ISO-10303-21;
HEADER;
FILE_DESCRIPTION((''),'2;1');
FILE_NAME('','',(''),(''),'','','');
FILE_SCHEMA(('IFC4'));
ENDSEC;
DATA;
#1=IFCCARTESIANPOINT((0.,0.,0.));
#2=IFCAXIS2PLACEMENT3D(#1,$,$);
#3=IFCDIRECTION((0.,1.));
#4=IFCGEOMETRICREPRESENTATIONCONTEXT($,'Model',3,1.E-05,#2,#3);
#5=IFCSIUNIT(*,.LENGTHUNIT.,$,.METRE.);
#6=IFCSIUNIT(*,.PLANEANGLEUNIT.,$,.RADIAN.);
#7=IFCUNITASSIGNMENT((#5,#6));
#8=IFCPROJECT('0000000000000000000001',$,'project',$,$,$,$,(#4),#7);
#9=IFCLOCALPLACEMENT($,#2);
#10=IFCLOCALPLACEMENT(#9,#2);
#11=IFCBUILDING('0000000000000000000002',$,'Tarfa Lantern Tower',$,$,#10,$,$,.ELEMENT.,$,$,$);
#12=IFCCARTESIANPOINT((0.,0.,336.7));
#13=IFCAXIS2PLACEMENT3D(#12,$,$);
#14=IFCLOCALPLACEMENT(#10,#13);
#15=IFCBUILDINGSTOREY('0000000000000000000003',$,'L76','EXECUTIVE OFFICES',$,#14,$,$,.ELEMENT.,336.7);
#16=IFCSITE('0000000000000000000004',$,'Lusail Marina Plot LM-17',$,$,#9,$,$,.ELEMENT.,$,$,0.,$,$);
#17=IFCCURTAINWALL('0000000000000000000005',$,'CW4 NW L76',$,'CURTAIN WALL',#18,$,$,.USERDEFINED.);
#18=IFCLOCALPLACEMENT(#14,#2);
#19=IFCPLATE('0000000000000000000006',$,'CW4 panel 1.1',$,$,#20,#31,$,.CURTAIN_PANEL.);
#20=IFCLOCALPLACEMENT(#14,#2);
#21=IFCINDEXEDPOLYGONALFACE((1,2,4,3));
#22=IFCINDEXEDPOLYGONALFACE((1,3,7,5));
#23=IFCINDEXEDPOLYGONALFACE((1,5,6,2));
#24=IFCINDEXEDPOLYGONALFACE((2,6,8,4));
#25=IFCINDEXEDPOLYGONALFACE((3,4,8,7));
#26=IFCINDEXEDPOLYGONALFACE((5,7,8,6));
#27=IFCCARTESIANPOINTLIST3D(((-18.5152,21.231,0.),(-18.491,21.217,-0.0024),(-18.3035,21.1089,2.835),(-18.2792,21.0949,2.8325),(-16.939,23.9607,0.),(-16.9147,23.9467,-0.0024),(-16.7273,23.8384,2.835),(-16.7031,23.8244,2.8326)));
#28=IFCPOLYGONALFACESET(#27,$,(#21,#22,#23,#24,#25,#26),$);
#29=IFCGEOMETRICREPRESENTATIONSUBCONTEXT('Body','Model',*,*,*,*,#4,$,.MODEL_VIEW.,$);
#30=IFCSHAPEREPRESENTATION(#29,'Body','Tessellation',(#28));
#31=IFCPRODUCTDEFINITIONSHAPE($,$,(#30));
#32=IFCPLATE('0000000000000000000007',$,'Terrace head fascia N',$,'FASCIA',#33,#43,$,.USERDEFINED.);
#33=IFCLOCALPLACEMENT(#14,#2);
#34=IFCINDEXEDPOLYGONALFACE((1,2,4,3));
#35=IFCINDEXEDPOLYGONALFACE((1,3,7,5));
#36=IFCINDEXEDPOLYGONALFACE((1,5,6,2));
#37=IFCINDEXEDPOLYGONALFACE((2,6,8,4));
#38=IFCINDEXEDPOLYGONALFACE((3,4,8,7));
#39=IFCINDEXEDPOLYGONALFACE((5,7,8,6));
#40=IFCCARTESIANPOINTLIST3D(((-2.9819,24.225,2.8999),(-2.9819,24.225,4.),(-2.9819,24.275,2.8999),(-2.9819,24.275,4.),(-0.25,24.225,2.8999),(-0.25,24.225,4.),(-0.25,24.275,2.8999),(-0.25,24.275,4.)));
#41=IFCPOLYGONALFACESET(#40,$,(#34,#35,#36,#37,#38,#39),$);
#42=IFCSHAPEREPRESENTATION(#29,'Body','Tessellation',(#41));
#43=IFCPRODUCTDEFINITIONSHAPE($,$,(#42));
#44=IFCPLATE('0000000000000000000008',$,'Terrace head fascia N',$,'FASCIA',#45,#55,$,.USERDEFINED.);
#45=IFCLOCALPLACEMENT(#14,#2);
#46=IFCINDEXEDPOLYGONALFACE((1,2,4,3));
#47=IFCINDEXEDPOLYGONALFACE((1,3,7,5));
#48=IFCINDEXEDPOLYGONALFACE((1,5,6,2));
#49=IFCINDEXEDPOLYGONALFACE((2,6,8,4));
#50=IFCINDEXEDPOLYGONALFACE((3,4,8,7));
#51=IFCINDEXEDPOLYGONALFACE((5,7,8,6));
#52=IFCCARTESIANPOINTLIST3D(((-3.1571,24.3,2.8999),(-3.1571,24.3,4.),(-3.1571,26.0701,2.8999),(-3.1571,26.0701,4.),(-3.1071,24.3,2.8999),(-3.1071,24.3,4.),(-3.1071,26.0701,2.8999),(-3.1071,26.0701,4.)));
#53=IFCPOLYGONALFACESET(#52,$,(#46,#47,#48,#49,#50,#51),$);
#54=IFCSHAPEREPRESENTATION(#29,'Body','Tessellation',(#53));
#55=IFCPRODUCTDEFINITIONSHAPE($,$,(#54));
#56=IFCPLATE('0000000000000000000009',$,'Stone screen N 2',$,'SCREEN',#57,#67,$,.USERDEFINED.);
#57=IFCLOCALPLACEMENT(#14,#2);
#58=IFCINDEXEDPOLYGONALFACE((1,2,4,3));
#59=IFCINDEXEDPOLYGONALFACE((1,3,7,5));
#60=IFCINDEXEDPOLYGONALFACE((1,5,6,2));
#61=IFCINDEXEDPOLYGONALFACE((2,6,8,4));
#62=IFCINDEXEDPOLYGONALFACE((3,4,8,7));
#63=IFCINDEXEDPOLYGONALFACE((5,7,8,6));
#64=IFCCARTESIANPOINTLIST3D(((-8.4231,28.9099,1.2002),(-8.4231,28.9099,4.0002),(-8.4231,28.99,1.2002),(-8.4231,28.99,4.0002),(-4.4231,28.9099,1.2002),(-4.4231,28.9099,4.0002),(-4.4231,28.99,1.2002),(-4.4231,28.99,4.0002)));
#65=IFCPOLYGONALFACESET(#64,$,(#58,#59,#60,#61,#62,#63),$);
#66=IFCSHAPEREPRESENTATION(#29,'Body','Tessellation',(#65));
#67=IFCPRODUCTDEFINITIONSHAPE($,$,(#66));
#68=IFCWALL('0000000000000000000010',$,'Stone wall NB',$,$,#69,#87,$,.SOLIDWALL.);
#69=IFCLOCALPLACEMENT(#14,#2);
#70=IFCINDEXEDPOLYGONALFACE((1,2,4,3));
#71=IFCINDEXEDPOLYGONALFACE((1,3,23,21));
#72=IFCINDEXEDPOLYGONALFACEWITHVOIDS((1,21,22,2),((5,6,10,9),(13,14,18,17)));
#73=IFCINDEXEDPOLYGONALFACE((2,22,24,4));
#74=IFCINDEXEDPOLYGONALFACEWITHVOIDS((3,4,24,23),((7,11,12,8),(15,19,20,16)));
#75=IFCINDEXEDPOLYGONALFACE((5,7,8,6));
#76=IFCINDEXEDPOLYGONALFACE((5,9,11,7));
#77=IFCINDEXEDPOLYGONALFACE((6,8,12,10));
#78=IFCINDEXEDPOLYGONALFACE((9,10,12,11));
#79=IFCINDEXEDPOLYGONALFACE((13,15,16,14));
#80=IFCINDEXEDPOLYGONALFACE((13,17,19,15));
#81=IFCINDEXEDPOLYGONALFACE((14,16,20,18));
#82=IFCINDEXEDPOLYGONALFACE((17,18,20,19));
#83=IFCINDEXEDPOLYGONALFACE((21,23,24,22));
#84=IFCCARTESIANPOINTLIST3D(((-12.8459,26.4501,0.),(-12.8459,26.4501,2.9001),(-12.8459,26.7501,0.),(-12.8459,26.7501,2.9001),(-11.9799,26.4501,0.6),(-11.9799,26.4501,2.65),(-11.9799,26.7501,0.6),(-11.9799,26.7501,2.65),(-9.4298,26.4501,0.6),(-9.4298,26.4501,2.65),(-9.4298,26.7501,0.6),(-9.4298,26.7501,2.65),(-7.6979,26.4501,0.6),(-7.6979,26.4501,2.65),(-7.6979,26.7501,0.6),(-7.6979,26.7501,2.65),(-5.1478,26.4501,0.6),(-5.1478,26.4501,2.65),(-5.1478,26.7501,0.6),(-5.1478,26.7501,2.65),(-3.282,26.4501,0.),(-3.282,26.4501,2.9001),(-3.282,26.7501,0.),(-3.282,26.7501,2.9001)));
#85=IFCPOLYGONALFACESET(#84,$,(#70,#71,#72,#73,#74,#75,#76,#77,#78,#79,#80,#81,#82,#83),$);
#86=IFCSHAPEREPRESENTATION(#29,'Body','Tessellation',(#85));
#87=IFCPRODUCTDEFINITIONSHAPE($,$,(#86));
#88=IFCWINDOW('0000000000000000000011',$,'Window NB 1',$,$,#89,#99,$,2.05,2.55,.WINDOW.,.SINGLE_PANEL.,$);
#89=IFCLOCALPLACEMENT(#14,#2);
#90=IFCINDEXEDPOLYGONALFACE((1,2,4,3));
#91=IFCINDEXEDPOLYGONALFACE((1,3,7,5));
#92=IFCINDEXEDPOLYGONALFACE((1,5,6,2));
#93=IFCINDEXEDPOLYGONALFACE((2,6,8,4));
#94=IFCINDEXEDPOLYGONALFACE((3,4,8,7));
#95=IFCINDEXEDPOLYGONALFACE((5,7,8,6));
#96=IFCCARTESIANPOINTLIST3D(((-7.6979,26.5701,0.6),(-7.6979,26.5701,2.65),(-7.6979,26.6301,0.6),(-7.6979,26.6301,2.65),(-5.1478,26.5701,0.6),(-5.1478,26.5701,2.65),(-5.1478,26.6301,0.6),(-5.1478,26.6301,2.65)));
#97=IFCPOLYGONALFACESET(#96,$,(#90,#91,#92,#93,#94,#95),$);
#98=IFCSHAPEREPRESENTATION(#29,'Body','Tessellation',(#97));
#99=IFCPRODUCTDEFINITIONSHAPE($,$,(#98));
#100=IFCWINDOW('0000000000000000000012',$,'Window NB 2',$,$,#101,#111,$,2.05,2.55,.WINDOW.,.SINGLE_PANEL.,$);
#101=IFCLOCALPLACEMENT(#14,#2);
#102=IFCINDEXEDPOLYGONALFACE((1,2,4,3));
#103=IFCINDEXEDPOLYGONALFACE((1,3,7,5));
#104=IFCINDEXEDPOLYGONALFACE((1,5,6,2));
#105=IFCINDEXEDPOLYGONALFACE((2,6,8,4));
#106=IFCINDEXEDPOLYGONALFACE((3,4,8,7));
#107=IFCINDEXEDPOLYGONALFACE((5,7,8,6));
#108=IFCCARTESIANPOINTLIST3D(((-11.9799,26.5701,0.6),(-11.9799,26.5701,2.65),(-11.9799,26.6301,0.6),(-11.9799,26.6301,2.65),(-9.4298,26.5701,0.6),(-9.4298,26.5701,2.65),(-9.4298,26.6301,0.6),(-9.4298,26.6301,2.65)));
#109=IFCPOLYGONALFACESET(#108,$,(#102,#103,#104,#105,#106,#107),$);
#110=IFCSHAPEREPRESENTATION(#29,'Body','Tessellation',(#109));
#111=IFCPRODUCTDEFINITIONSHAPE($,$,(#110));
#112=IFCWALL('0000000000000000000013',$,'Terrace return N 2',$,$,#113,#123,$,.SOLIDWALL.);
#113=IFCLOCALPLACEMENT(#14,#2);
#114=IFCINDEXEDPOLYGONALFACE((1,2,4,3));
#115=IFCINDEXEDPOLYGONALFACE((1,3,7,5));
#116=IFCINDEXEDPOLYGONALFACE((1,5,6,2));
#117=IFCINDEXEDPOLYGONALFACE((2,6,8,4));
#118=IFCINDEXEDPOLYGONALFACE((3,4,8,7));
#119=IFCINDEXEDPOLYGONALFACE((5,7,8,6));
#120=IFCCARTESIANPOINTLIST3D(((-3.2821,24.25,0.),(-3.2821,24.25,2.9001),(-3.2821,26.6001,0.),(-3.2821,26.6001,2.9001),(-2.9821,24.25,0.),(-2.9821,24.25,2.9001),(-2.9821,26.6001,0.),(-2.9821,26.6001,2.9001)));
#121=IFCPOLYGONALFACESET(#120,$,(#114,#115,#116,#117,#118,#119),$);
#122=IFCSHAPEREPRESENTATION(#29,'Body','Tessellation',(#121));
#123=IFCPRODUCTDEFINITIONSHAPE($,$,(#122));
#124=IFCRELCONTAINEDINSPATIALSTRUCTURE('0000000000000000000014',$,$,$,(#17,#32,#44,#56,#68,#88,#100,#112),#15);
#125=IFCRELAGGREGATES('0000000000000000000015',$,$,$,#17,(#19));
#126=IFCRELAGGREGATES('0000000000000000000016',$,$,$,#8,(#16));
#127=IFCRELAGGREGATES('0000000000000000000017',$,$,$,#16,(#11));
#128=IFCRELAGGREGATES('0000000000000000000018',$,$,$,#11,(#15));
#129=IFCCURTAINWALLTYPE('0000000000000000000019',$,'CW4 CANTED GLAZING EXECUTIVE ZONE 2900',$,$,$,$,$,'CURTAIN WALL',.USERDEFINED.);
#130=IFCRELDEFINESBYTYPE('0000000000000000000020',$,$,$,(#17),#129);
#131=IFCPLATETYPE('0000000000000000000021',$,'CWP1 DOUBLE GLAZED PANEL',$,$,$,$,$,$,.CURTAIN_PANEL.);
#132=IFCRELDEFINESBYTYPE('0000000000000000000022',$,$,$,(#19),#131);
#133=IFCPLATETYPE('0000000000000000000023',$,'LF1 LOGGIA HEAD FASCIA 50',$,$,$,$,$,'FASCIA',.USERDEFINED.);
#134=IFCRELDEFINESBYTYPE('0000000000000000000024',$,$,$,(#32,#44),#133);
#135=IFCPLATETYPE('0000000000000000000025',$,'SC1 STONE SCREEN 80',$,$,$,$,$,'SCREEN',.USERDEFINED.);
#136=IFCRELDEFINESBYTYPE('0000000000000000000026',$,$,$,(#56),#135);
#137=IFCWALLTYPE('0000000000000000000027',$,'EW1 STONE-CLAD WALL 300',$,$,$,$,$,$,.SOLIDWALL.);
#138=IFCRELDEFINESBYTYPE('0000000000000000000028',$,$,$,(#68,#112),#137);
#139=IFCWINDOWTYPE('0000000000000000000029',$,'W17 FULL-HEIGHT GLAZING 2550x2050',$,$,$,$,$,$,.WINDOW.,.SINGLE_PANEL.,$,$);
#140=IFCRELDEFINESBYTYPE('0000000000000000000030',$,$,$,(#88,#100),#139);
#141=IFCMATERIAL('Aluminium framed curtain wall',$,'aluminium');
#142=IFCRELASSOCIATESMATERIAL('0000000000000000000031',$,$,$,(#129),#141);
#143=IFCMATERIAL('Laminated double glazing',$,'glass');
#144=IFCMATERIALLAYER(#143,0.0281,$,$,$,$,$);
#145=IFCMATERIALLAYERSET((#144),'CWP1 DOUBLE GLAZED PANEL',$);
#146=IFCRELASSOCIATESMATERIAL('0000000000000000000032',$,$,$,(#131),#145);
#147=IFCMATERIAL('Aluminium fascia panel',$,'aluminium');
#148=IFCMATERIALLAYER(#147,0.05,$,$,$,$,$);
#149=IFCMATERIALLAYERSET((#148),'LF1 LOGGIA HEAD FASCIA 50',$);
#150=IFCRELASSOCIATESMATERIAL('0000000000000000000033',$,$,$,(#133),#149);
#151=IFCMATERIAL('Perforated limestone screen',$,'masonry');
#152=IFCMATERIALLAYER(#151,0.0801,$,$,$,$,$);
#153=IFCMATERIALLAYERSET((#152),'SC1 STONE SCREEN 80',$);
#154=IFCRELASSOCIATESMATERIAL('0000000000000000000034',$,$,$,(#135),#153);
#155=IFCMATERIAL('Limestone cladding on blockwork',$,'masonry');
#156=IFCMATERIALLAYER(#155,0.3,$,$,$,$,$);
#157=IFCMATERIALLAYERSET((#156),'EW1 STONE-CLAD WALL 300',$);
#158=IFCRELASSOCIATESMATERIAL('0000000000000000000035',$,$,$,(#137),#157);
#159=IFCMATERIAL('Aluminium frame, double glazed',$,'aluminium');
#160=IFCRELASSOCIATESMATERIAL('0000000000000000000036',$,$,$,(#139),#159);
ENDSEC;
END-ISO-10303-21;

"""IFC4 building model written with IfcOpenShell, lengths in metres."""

from ifc_helpers import new_model, si_unit, direction, frame, frame_2d, origin, origin_2d, place, context, subcontext, project, spatial, polyline, rectangle, outline, extrude, material, layer, layer_set, type_object, element, fill, aggregate, save


model = new_model("IFC4")

# Units and contexts
model_context = context("Model", 3, precision=1e-05, world=origin(), true_north=direction((0.0, 1.0)))
body_context = subcontext(model_context, "Body", "Model", "MODEL_VIEW")
ifc_project = project(units=[si_unit("LENGTHUNIT", "METRE"), si_unit("PLANEANGLEUNIT", "RADIAN")], contexts=[model_context])

# Site, building, storey
site_placement = place(None, origin())
site = spatial("IfcSite", under=ifc_project, at=site_placement, Name="Lusail Marina Plot LM-17", CompositionType="ELEMENT", RefElevation=0.0)
building_placement = place(site_placement, origin())
building = spatial("IfcBuilding", under=site, at=building_placement, Name="Tarfa Lantern Tower", CompositionType="ELEMENT")
storey_placement = place(building_placement, frame((0.0, 0.0, 336.7)))
storey = spatial("IfcBuildingStorey", under=building, at=storey_placement, Name="L76", Description="EXECUTIVE OFFICES", CompositionType="ELEMENT", Elevation=336.7)

# Curtain wall
ifc_material_1 = material(Name="Aluminium framed curtain wall", Category="aluminium")
curtain_wall_type = type_object("IfcCurtainWallType", Name="CW4 CANTED GLAZING EXECUTIVE ZONE 2900", ElementType="CURTAIN WALL", PredefinedType="USERDEFINED", material=ifc_material_1)
curtain_wall_placement = place(storey_placement, origin())
curtain_wall = element("IfcCurtainWall", 1, at=curtain_wall_placement, inside=storey, type_object=curtain_wall_type, Name="CW4 NW L76", ObjectType="CURTAIN WALL", PredefinedType="USERDEFINED")

# Plate
ifc_material_2 = material(Name="Laminated double glazing", Category="glass")
ifc_layer_1 = layer(ifc_material_2, 0.0281)
ifc_layer_set_1 = layer_set([ifc_layer_1], Name="CWP1 DOUBLE GLAZED PANEL")
plate_type_1 = type_object("IfcPlateType", Name="CWP1 DOUBLE GLAZED PANEL", PredefinedType="CURTAIN_PANEL", material=ifc_layer_set_1)
plate_1_placement = place(storey_placement, frame((-16.939, 23.9607, 0.0), z_axis=(-0.862794, 0.498206, 0.085893), x_axis=(-0.500054, -0.865994, 0.000002)))
plate_1 = element("IfcPlate", 2, at=plate_1_placement, type_object=plate_type_1, Name="CW4 panel 1.1", PredefinedType="CURTAIN_PANEL", context=body_context, shape_type="SweptSolid", body=[
    extrude(outline(polyline([(0.0, 0.0), (3.1521, 0.0), (3.152, 2.8455), (0.0001, 2.8455), (0.0, 0.0)])), origin(), (0.0, 0.0, -1.0), 0.0281),
])
aggregate(curtain_wall, [plate_1])

# Plates
ifc_material_3 = material(Name="Aluminium fascia panel", Category="aluminium")
ifc_layer_2 = layer(ifc_material_3, 0.05)
ifc_layer_set_2 = layer_set([ifc_layer_2], Name="LF1 LOGGIA HEAD FASCIA 50")
plate_type_2 = type_object("IfcPlateType", Name="LF1 LOGGIA HEAD FASCIA 50", ElementType="FASCIA", PredefinedType="USERDEFINED", material=ifc_layer_set_2)
plate_2_placement = place(storey_placement, frame((-1.616, 24.25, 2.8999), z_axis=(0.0, 0.0, 1.0), x_axis=(-1.0, 0.0, 0.0)))
element("IfcPlate", 3, at=plate_2_placement, inside=storey, type_object=plate_type_2, Name="Terrace head fascia N", ObjectType="FASCIA", PredefinedType="USERDEFINED", context=body_context, shape_type="SweptSolid", body=[
    extrude(rectangle(XDim=2.7319, YDim=0.05, at=origin_2d()), origin(), (0.0, 0.0, 1.0), 1.1001),
])
plate_3_placement = place(storey_placement, frame((-3.1321, 25.1851, 2.8999), z_axis=(0.0, 0.0, 1.0), x_axis=(0.0, -1.0, 0.0)))
element("IfcPlate", 4, at=plate_3_placement, inside=storey, type_object=plate_type_2, Name="Terrace head fascia N", ObjectType="FASCIA", PredefinedType="USERDEFINED", context=body_context, shape_type="SweptSolid", body=[
    extrude(rectangle(XDim=1.77, YDim=0.05, at=origin_2d()), origin(), (0.0, 0.0, 1.0), 1.1001),
])
ifc_material_4 = material(Name="Perforated limestone screen", Category="masonry")
ifc_layer_3 = layer(ifc_material_4, 0.0801)
ifc_layer_set_3 = layer_set([ifc_layer_3], Name="SC1 STONE SCREEN 80")
plate_type_3 = type_object("IfcPlateType", Name="SC1 STONE SCREEN 80", ElementType="SCREEN", PredefinedType="USERDEFINED", material=ifc_layer_set_3)
plate_4_placement = place(storey_placement, frame((-6.4231, 28.95, 1.2002), z_axis=(0.0, 0.0, 1.0), x_axis=(-1.0, 0.0, 0.0)))
element("IfcPlate", 5, at=plate_4_placement, inside=storey, type_object=plate_type_3, Name="Stone screen N 2", ObjectType="SCREEN", PredefinedType="USERDEFINED", context=body_context, shape_type="SweptSolid", body=[
    extrude(rectangle(XDim=4.0, YDim=0.0801, at=origin_2d()), origin(), (0.0, 0.0, 1.0), 2.8),
])

# Wall, openings, windows
ifc_material_5 = material(Name="Limestone cladding on blockwork", Category="masonry")
ifc_layer_4 = layer(ifc_material_5, 0.3)
ifc_layer_set_4 = layer_set([ifc_layer_4], Name="EW1 STONE-CLAD WALL 300")
wall_type = type_object("IfcWallType", Name="EW1 STONE-CLAD WALL 300", PredefinedType="SOLIDWALL", material=ifc_layer_set_4)
wall_1_placement = place(storey_placement, frame((-3.282, 26.6001, 0.0), z_axis=(0.0, 0.0, 1.0), x_axis=(-1.0, 0.0, 0.0)))
wall_1 = element("IfcWall", 6, at=wall_1_placement, inside=storey, type_object=wall_type, Name="Stone wall NB", PredefinedType="SOLIDWALL", context=body_context, shape_type="SweptSolid", body=[
    extrude(rectangle(XDim=9.564, YDim=0.3, at=frame_2d((4.782, 0.0))), origin(), (0.0, 0.0, 1.0), 2.9001),
])
opening_1_placement = place(wall_1_placement, frame((1.866, 0.0, 0.6001)))
opening_1 = element("IfcOpeningElement", 7, at=opening_1_placement, cuts=wall_1, PredefinedType="OPENING", context=body_context, shape_type="SweptSolid", body=[
    extrude(rectangle(XDim=2.55, YDim=2.05, at=frame_2d((1.2749, 1.0249))), frame((0.0, 0.1599, 0.0), z_axis=(0.0, -1.0, 0.0), x_axis=(1.0, 0.0, 0.0)), (0.0, 0.0, 1.0), 0.3201),
])
opening_2_placement = place(wall_1_placement, frame((6.1479, 0.0, 0.6001)))
opening_2 = element("IfcOpeningElement", 8, at=opening_2_placement, cuts=wall_1, PredefinedType="OPENING", context=body_context, shape_type="SweptSolid", body=[
    extrude(rectangle(XDim=2.55, YDim=2.05, at=frame_2d((1.2749, 1.0249))), frame((0.0, 0.1599, 0.0), z_axis=(0.0, -1.0, 0.0), x_axis=(1.0, 0.0, 0.0)), (0.0, 0.0, 1.0), 0.3201),
])
ifc_material_6 = material(Name="Aluminium frame, double glazed", Category="aluminium")
window_type = type_object("IfcWindowType", Name="W17 FULL-HEIGHT GLAZING 2550x2050", PartitioningType="SINGLE_PANEL", PredefinedType="WINDOW", material=ifc_material_6)
window_1_placement = place(opening_1_placement, origin())
window_1 = element("IfcWindow", 9, at=window_1_placement, inside=storey, type_object=window_type, Name="Window NB 1", OverallHeight=2.05, OverallWidth=2.55, PartitioningType="SINGLE_PANEL", PredefinedType="WINDOW", context=body_context, shape_type="SweptSolid", body=[
    extrude(rectangle(XDim=2.55, YDim=2.05, at=frame_2d((1.2749, 1.0249))), frame((0.0, 0.03, 0.0), z_axis=(0.0, -1.0, 0.0), x_axis=(1.0, 0.0, 0.0)), (0.0, 0.0, 1.0), 0.0601),
])
fill(opening_1, window_1)
window_2_placement = place(opening_2_placement, origin())
window_2 = element("IfcWindow", 10, at=window_2_placement, inside=storey, type_object=window_type, Name="Window NB 2", OverallHeight=2.05, OverallWidth=2.55, PartitioningType="SINGLE_PANEL", PredefinedType="WINDOW", context=body_context, shape_type="SweptSolid", body=[
    extrude(rectangle(XDim=2.55, YDim=2.05, at=frame_2d((1.2749, 1.0249))), frame((0.0, 0.03, 0.0), z_axis=(0.0, -1.0, 0.0), x_axis=(1.0, 0.0, 0.0)), (0.0, 0.0, 1.0), 0.0601),
])
fill(opening_2, window_2)

# Wall
wall_2_placement = place(storey_placement, frame((-3.1321, 26.6001, 0.0), z_axis=(0.0, 0.0, 1.0), x_axis=(0.0, -1.0, 0.0)))
element("IfcWall", 11, at=wall_2_placement, inside=storey, type_object=wall_type, Name="Terrace return N 2", PredefinedType="SOLIDWALL", context=body_context, shape_type="SweptSolid", body=[
    extrude(rectangle(XDim=2.3501, YDim=0.3, at=frame_2d((1.175, 0.0))), origin(), (0.0, 0.0, 1.0), 2.9001),
])

save(model, "model.ifc")
